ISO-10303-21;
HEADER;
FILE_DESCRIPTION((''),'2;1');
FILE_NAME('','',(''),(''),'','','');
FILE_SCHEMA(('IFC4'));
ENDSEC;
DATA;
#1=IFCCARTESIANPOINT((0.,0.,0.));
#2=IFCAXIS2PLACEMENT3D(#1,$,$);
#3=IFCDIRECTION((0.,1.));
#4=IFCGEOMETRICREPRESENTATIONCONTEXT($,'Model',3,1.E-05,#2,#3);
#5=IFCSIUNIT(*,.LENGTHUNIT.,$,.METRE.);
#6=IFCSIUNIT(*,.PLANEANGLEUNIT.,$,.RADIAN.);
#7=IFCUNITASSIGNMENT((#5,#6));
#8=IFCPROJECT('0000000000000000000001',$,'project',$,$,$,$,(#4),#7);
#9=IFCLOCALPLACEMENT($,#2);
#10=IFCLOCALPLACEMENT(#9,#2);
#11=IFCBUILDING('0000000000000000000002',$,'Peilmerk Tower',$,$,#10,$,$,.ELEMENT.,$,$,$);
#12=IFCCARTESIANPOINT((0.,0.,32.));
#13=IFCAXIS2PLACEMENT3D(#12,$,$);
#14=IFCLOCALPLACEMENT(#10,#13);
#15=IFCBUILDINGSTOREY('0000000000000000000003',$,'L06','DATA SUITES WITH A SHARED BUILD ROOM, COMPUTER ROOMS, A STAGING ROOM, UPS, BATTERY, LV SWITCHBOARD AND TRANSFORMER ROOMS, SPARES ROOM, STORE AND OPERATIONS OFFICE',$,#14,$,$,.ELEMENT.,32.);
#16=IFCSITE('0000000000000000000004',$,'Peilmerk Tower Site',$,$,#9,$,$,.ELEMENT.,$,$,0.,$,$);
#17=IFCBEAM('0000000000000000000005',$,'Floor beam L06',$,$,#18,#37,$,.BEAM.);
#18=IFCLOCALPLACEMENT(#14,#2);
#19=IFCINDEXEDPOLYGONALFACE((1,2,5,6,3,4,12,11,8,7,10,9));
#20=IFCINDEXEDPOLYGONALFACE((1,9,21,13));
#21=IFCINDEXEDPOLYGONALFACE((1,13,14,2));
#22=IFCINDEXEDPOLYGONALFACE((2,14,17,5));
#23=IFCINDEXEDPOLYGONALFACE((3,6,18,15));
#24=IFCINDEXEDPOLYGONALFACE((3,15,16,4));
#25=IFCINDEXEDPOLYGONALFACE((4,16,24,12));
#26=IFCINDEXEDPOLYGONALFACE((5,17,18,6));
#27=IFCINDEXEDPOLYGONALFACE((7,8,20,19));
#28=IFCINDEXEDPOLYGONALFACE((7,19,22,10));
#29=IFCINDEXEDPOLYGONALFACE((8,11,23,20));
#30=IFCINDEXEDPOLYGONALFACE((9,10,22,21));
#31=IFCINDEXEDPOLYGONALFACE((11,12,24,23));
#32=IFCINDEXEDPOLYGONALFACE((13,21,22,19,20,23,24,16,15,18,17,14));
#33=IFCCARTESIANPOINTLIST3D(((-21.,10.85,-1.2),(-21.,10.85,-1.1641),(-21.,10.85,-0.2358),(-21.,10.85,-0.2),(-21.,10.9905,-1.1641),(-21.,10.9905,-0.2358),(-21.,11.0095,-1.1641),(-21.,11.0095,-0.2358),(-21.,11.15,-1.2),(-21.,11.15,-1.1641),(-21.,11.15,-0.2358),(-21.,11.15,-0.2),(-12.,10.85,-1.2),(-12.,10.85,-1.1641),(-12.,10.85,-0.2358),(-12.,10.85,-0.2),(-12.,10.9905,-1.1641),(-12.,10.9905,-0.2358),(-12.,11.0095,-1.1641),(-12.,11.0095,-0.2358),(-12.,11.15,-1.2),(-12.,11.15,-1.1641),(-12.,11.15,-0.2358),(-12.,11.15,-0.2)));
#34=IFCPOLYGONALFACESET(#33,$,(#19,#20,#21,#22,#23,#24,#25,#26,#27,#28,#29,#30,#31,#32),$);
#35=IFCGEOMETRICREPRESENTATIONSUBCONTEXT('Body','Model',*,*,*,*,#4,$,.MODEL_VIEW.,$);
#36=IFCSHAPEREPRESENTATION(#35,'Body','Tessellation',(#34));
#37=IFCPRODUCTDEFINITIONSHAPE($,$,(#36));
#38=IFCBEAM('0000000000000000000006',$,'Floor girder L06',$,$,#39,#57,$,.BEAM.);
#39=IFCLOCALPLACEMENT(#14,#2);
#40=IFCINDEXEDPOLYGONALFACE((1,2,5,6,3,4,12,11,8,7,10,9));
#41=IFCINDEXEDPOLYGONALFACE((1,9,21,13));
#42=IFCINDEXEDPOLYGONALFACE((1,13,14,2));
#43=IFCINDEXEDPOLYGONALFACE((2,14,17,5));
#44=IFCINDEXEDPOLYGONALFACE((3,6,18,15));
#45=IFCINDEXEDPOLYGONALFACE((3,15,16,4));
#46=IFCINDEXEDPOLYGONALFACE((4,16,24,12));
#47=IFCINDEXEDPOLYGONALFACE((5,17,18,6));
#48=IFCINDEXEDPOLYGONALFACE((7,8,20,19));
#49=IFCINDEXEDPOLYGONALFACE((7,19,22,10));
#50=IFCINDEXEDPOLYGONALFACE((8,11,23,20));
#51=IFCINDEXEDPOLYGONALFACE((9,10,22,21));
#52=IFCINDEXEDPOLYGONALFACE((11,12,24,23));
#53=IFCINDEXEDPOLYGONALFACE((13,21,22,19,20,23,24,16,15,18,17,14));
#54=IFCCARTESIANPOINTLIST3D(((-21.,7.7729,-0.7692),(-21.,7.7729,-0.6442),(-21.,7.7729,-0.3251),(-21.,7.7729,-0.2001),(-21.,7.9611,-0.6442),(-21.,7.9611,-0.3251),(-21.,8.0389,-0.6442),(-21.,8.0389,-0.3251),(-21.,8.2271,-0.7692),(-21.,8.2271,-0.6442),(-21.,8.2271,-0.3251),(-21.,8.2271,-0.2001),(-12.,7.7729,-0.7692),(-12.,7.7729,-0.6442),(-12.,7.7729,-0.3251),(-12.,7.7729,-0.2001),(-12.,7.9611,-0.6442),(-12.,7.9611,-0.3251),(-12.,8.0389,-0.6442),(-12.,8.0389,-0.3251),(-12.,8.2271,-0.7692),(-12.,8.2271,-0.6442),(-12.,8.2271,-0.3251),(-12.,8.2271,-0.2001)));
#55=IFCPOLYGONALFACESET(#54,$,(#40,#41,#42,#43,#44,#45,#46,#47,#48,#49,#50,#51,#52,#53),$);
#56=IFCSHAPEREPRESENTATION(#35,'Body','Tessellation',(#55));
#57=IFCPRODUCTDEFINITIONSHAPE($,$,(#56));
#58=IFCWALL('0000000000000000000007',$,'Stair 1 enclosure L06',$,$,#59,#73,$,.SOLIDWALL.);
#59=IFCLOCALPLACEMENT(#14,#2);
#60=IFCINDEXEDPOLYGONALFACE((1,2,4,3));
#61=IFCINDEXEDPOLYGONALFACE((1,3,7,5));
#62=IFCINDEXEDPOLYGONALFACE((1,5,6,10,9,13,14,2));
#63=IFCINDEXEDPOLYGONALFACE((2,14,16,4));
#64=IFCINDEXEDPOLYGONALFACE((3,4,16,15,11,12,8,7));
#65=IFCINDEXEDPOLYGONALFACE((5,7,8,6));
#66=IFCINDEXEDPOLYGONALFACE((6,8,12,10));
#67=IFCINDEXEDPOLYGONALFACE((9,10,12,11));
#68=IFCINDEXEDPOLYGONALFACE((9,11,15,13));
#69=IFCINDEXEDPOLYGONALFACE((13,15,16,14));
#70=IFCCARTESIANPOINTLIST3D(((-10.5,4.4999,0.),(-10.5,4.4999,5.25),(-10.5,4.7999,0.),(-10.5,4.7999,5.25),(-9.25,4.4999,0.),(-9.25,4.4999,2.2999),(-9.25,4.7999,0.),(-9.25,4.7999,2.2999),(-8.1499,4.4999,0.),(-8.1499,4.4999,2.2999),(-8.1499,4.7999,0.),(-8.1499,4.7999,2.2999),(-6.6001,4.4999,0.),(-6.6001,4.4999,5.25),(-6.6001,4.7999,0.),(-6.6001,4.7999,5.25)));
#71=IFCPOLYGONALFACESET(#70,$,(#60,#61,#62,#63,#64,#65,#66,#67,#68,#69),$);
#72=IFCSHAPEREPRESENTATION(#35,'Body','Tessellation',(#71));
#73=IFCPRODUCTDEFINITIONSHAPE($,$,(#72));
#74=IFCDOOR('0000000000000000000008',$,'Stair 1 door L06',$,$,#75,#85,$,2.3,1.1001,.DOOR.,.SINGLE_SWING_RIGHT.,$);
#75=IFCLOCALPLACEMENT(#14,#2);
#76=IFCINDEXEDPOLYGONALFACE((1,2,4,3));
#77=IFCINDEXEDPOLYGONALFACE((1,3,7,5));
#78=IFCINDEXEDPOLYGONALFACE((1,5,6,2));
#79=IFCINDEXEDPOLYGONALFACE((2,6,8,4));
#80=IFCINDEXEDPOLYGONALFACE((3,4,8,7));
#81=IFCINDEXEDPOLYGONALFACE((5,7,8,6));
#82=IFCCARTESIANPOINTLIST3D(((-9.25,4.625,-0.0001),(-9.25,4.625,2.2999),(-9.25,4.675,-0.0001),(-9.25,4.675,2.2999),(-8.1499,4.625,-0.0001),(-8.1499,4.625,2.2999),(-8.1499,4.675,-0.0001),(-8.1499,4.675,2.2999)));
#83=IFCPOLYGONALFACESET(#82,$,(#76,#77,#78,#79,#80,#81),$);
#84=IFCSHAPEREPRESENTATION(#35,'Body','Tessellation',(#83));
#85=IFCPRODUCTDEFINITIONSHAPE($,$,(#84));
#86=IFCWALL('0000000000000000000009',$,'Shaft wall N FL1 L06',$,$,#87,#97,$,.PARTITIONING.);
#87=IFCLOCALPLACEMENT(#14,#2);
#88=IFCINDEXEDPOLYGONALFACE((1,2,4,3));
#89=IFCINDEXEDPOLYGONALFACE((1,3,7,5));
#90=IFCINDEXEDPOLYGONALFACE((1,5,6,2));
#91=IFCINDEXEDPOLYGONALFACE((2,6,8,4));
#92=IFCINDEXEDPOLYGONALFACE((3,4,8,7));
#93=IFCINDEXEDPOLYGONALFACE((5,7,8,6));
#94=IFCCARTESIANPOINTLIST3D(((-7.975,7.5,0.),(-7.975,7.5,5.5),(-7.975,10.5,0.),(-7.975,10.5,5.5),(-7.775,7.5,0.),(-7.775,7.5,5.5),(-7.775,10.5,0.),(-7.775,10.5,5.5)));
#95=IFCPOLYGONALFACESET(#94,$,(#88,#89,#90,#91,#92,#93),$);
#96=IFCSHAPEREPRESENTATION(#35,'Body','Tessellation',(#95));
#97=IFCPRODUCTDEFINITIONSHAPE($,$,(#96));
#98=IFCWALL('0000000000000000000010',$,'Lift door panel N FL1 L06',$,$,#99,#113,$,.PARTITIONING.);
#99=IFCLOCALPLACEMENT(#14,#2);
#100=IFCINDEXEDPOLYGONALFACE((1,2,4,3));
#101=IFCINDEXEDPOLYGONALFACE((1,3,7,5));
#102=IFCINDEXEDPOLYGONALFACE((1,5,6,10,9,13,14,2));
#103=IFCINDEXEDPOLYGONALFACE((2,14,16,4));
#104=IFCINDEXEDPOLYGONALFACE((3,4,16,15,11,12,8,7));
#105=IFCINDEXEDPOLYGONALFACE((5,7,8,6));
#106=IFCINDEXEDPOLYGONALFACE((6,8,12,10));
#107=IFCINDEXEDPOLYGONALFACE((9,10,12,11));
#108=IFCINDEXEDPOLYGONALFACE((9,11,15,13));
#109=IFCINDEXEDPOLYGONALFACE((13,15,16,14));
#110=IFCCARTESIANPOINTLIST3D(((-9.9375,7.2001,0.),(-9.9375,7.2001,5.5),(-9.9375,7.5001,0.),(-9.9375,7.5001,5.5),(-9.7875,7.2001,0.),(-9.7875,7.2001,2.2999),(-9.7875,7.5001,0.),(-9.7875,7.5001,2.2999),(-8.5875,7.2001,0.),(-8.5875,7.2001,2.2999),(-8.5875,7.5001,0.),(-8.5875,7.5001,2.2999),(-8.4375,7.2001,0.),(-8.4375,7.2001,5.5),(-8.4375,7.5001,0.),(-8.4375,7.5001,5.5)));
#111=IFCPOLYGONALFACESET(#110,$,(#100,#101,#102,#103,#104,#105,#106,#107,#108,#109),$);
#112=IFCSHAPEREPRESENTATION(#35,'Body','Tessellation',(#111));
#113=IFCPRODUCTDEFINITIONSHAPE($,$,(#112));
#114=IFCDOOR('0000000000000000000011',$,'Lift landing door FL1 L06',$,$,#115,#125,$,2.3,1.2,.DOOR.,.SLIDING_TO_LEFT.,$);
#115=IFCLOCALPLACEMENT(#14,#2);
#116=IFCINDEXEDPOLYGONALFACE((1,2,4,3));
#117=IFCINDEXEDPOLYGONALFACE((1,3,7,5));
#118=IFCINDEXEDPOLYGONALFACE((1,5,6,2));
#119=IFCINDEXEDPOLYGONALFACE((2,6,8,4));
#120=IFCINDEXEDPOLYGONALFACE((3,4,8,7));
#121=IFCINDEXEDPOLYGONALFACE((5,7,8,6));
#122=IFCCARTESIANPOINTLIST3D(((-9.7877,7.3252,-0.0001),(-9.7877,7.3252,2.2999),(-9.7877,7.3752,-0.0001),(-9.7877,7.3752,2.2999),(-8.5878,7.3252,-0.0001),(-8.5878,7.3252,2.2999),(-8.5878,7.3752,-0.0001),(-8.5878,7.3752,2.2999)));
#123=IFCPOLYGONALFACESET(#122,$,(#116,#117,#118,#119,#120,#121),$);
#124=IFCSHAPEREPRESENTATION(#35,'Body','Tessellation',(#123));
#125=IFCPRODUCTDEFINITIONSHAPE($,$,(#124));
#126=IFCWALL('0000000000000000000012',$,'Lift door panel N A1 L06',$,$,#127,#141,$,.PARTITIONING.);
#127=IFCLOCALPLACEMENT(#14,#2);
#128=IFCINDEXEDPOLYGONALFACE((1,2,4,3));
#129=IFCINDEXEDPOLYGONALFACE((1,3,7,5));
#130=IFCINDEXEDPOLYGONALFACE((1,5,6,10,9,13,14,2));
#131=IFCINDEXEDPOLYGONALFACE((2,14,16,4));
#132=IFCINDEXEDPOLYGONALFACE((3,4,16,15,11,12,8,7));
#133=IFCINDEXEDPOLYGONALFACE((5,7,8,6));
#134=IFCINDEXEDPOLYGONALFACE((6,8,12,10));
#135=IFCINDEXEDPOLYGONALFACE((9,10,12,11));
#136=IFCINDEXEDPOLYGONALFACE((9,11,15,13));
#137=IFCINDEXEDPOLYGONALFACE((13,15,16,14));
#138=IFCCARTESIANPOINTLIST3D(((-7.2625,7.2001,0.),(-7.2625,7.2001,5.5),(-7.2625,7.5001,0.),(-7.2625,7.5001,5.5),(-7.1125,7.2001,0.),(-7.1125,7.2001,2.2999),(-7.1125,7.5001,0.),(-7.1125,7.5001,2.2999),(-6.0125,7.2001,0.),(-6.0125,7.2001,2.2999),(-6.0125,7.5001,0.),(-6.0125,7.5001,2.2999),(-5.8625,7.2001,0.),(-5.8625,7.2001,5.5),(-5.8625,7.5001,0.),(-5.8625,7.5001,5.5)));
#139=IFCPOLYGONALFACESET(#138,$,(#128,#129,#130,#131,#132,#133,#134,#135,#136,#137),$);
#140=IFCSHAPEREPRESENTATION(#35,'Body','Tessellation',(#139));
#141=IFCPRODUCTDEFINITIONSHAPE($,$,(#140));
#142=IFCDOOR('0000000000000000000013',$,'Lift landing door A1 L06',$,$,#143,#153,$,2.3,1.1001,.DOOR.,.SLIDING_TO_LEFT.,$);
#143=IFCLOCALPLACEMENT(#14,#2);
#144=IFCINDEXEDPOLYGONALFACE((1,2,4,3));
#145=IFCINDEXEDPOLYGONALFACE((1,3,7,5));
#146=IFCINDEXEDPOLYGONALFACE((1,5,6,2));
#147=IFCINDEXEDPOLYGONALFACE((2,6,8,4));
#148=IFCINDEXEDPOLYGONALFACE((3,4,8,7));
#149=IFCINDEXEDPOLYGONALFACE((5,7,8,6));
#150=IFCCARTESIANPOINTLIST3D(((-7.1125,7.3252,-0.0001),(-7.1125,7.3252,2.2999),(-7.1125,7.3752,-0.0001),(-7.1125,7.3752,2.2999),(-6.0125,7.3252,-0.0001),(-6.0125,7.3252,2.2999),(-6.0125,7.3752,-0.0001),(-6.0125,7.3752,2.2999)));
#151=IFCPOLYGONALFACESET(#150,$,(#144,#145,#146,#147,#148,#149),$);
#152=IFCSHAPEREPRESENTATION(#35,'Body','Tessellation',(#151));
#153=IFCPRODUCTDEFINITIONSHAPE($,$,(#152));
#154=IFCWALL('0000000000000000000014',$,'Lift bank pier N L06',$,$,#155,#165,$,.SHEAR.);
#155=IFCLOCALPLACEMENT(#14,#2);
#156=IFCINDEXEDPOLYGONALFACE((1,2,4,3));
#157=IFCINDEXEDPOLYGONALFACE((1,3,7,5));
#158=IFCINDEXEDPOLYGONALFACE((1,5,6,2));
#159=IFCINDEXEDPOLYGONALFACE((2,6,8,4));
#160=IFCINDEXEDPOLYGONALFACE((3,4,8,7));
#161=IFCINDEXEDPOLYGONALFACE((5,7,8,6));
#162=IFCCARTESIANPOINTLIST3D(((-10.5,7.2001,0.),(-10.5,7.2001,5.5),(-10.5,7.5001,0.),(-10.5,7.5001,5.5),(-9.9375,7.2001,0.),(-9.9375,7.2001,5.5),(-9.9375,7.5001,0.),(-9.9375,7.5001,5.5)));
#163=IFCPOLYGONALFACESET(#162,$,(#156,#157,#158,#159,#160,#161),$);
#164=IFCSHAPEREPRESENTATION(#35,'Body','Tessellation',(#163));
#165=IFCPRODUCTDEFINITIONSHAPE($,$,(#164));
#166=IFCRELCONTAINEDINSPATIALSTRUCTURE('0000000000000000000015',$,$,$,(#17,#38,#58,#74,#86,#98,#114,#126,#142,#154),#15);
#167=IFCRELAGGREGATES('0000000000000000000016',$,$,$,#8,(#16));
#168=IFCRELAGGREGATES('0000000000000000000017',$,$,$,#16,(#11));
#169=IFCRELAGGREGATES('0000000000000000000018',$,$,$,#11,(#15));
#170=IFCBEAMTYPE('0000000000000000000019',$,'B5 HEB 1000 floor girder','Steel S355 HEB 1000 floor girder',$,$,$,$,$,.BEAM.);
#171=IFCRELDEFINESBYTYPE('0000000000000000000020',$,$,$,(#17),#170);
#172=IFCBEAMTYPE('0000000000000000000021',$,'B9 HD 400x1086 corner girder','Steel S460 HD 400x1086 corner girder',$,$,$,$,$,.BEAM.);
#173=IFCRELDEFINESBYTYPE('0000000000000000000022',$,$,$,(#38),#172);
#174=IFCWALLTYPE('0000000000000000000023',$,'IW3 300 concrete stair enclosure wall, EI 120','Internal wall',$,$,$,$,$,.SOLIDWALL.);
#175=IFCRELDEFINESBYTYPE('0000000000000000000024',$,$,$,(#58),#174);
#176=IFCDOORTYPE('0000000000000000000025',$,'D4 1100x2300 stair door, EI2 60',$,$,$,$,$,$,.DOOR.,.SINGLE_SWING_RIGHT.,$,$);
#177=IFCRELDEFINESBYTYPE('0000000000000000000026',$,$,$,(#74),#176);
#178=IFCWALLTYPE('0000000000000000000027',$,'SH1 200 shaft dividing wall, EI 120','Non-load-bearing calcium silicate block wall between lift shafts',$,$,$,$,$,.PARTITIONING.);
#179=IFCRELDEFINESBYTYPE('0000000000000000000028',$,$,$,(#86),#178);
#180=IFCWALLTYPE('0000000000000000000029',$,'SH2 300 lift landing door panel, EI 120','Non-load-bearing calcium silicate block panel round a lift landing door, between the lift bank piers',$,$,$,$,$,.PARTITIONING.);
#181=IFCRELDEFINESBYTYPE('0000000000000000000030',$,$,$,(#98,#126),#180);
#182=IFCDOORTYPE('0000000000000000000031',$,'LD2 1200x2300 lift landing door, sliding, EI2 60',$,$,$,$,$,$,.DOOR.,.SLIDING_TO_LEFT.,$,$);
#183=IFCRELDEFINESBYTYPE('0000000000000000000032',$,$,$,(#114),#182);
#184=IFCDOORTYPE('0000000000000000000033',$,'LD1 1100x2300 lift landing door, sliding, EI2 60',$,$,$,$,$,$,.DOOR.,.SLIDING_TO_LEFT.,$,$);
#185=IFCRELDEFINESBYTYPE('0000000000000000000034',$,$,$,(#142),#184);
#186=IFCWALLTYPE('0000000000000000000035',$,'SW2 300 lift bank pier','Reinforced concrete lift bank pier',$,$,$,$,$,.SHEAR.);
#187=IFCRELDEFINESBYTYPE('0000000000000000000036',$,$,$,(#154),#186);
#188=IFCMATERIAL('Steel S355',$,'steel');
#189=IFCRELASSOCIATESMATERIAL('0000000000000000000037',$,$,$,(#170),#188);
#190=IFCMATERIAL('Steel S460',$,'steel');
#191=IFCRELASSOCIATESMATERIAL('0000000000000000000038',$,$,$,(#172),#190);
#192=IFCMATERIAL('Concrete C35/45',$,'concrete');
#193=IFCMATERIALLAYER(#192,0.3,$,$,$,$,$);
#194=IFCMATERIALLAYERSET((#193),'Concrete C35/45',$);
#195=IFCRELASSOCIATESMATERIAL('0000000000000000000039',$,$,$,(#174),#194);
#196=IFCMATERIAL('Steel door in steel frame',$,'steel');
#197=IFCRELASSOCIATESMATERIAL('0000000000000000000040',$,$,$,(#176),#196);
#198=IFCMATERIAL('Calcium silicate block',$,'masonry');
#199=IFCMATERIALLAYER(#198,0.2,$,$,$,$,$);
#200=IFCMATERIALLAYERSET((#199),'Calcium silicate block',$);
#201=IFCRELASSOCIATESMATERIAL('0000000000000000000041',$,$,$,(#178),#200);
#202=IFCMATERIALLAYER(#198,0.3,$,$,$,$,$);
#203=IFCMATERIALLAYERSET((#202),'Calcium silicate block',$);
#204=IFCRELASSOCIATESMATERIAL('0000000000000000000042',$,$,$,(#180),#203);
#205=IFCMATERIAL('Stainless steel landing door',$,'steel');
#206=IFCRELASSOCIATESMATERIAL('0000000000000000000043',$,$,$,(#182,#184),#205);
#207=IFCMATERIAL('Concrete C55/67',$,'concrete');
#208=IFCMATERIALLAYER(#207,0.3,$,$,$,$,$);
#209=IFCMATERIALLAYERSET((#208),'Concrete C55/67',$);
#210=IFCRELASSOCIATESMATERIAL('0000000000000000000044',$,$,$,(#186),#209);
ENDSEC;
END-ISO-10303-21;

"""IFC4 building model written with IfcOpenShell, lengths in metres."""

from ifc_helpers import new_model, si_unit, direction, frame, frame_2d, origin, origin_2d, place, context, subcontext, project, spatial, rectangle, i_section, extrude, material, layer, layer_set, material_profile, profile_set, type_object, element, fill, save


model = new_model("IFC4")

# Units and contexts
model_context = context("Model", 3, precision=1e-05, world=origin(), true_north=direction((0.0, 1.0)))
body_context = subcontext(model_context, "Body", "Model", "MODEL_VIEW")
ifc_project = project(units=[si_unit("LENGTHUNIT", "METRE"), si_unit("PLANEANGLEUNIT", "RADIAN")], contexts=[model_context])

# Site, building, storey
site_placement = place(None, origin())
site = spatial("IfcSite", under=ifc_project, at=site_placement, Name="Peilmerk Tower Site", CompositionType="ELEMENT", RefElevation=0.0)
building_placement = place(site_placement, origin())
building = spatial("IfcBuilding", under=site, at=building_placement, Name="Peilmerk Tower", CompositionType="ELEMENT")
storey_placement = place(building_placement, frame((0.0, 0.0, 32.0)))
storey = spatial("IfcBuildingStorey", under=building, at=storey_placement, Name="L06", Description="DATA SUITES WITH A SHARED BUILD ROOM, COMPUTER ROOMS, A STAGING ROOM, UPS, BATTERY, LV SWITCHBOARD AND TRANSFORMER ROOMS, SPARES ROOM, STORE AND OPERATIONS OFFICE", CompositionType="ELEMENT", Elevation=32.0)

# Beams
ifc_material_1 = material(Name="Steel S355", Category="steel")
ifc_material_profile_1 = material_profile(ifc_material_1, i_section(OverallWidth=0.3, OverallDepth=1.0, WebThickness=0.019, FlangeThickness=0.0359, at=origin_2d()), Name="HEB 1000")
ifc_profile_set_1 = profile_set([ifc_material_profile_1], Name="Steel S355")
beam_type_1 = type_object("IfcBeamType", Name="B5 HEB 1000 floor girder", Description="Steel S355 HEB 1000 floor girder", PredefinedType="BEAM", material=ifc_profile_set_1)
beam_1_placement = place(storey_placement, frame((-12.0, 11.0, -0.7), z_axis=(-1.0, 0.0, 0.0), x_axis=(0.0, -1.0, 0.0)))
element("IfcBeam", 1, at=beam_1_placement, inside=storey, type_object=beam_type_1, Name="Floor beam L06", PredefinedType="BEAM", context=body_context, shape_type="SweptSolid", body=[
    extrude(i_section(OverallWidth=0.3, OverallDepth=1.0, WebThickness=0.019, FlangeThickness=0.0359, at=origin_2d()), origin(), (0.0, 0.0, 1.0), 9.0),
])
ifc_material_2 = material(Name="Steel S460", Category="steel")
ifc_material_profile_2 = material_profile(ifc_material_2, i_section(OverallWidth=0.4541, OverallDepth=0.5691, WebThickness=0.0779, FlangeThickness=0.125, at=origin_2d()), Name="HD 400x1086")
ifc_profile_set_2 = profile_set([ifc_material_profile_2], Name="Steel S460")
beam_type_2 = type_object("IfcBeamType", Name="B9 HD 400x1086 corner girder", Description="Steel S460 HD 400x1086 corner girder", PredefinedType="BEAM", material=ifc_profile_set_2)
beam_2_placement = place(storey_placement, frame((-12.0, 8.0, -0.4846), z_axis=(-1.0, 0.0, 0.0), x_axis=(0.0, -1.0, 0.0)))
element("IfcBeam", 2, at=beam_2_placement, inside=storey, type_object=beam_type_2, Name="Floor girder L06", PredefinedType="BEAM", context=body_context, shape_type="SweptSolid", body=[
    extrude(i_section(OverallWidth=0.4541, OverallDepth=0.5691, WebThickness=0.0779, FlangeThickness=0.125, at=origin_2d()), origin(), (0.0, 0.0, 1.0), 9.0),
])

# Wall, opening, door
ifc_material_3 = material(Name="Concrete C35/45", Category="concrete")
ifc_layer_1 = layer(ifc_material_3, 0.3)
ifc_layer_set_1 = layer_set([ifc_layer_1], Name="Concrete C35/45")
wall_type_1 = type_object("IfcWallType", Name="IW3 300 concrete stair enclosure wall, EI 120", Description="Internal wall", PredefinedType="SOLIDWALL", material=ifc_layer_set_1)
wall_1_placement = place(storey_placement, frame((-10.5, 4.6499, 0.0), z_axis=(0.0, 0.0, 1.0), x_axis=(1.0, 0.0, 0.0)))
wall_1 = element("IfcWall", 3, at=wall_1_placement, inside=storey, type_object=wall_type_1, Name="Stair 1 enclosure L06", PredefinedType="SOLIDWALL", context=body_context, shape_type="SweptSolid", body=[
    extrude(rectangle(XDim=3.8999, YDim=0.3, at=frame_2d((1.95, 0.0))), origin(), (0.0, 0.0, 1.0), 5.25),
])
opening_1_placement = place(wall_1_placement, frame((1.25, 0.0, 0.0)))
opening_1 = element("IfcOpeningElement", 4, at=opening_1_placement, cuts=wall_1, PredefinedType="OPENING", context=body_context, shape_type="SweptSolid", body=[
    extrude(rectangle(XDim=1.1001, YDim=2.3, at=frame_2d((0.55, 1.1499))), frame((0.0, 0.1599, 0.0), z_axis=(0.0, -1.0, 0.0), x_axis=(1.0, 0.0, 0.0)), (0.0, 0.0, 1.0), 0.3201),
])
ifc_material_4 = material(Name="Steel door in steel frame", Category="steel")
door_type_1 = type_object("IfcDoorType", Name="D4 1100x2300 stair door, EI2 60", OperationType="SINGLE_SWING_RIGHT", PredefinedType="DOOR", material=ifc_material_4)
door_1_placement = place(opening_1_placement, frame((1.1001, 0.0, 0.0), z_axis=(0.0, 0.0, 1.0), x_axis=(-1.0, 0.0, 0.0)))
door_1 = element("IfcDoor", 5, at=door_1_placement, inside=storey, type_object=door_type_1, Name="Stair 1 door L06", OperationType="SINGLE_SWING_RIGHT", OverallHeight=2.3, OverallWidth=1.1001, PredefinedType="DOOR", context=body_context, shape_type="SweptSolid", body=[
    extrude(rectangle(XDim=1.1001, YDim=2.3, at=frame_2d((0.55, 1.1499))), frame((0.0, 0.0249, 0.0), z_axis=(0.0, -1.0, 0.0), x_axis=(1.0, 0.0, 0.0)), (0.0, 0.0, 1.0), 0.05),
])
fill(opening_1, door_1)

# Wall
ifc_material_5 = material(Name="Calcium silicate block", Category="masonry")
ifc_layer_2 = layer(ifc_material_5, 0.2)
ifc_layer_set_2 = layer_set([ifc_layer_2], Name="Calcium silicate block")
wall_type_2 = type_object("IfcWallType", Name="SH1 200 shaft dividing wall, EI 120", Description="Non-load-bearing calcium silicate block wall between lift shafts", PredefinedType="PARTITIONING", material=ifc_layer_set_2)
wall_2_placement = place(storey_placement, frame((-7.875, 7.5, 0.0), z_axis=(0.0, 0.0, 1.0), x_axis=(0.0, 1.0, 0.0)))
element("IfcWall", 6, at=wall_2_placement, inside=storey, type_object=wall_type_2, Name="Shaft wall N FL1 L06", PredefinedType="PARTITIONING", context=body_context, shape_type="SweptSolid", body=[
    extrude(rectangle(XDim=3.0, YDim=0.2, at=frame_2d((1.5, 0.0))), origin(), (0.0, 0.0, 1.0), 5.5),
])

# Walls, openings, doors
ifc_layer_3 = layer(ifc_material_5, 0.3)
ifc_layer_set_3 = layer_set([ifc_layer_3], Name="Calcium silicate block")
wall_type_3 = type_object("IfcWallType", Name="SH2 300 lift landing door panel, EI 120", Description="Non-load-bearing calcium silicate block panel round a lift landing door, between the lift bank piers", PredefinedType="PARTITIONING", material=ifc_layer_set_3)
wall_3_placement = place(storey_placement, frame((-9.9375, 7.3501, 0.0), z_axis=(0.0, 0.0, 1.0), x_axis=(1.0, 0.0, 0.0)))
wall_3 = element("IfcWall", 7, at=wall_3_placement, inside=storey, type_object=wall_type_3, Name="Lift door panel N FL1 L06", PredefinedType="PARTITIONING", context=body_context, shape_type="SweptSolid", body=[
    extrude(rectangle(XDim=1.5, YDim=0.3, at=frame_2d((0.75, 0.0))), origin(), (0.0, 0.0, 1.0), 5.5),
])
opening_2_placement = place(wall_3_placement, frame((0.1499, 0.0, 0.0)))
opening_2 = element("IfcOpeningElement", 8, at=opening_2_placement, cuts=wall_3, PredefinedType="OPENING", context=body_context, shape_type="SweptSolid", body=[
    extrude(rectangle(XDim=1.2, YDim=2.3, at=frame_2d((0.6001, 1.1499))), frame((0.0, 0.1599, 0.0), z_axis=(0.0, -1.0, 0.0), x_axis=(1.0, 0.0, 0.0)), (0.0, 0.0, 1.0), 0.3201),
])
ifc_material_6 = material(Name="Stainless steel landing door", Category="steel")
door_type_2 = type_object("IfcDoorType", Name="LD2 1200x2300 lift landing door, sliding, EI2 60", OperationType="SLIDING_TO_LEFT", PredefinedType="DOOR", material=ifc_material_6)
door_2_placement = place(opening_2_placement, frame((1.2, 0.0, 0.0), z_axis=(0.0, 0.0, 1.0), x_axis=(-1.0, 0.0, 0.0)))
door_2 = element("IfcDoor", 9, at=door_2_placement, inside=storey, type_object=door_type_2, Name="Lift landing door FL1 L06", OperationType="SLIDING_TO_LEFT", OverallHeight=2.3, OverallWidth=1.2, PredefinedType="DOOR", context=body_context, shape_type="SweptSolid", body=[
    extrude(rectangle(XDim=1.2, YDim=2.3, at=frame_2d((0.6001, 1.1499))), frame((0.0, 0.0249, 0.0), z_axis=(0.0, -1.0, 0.0), x_axis=(1.0, 0.0, 0.0)), (0.0, 0.0, 1.0), 0.05),
])
fill(opening_2, door_2)
wall_4_placement = place(storey_placement, frame((-7.2625, 7.3501, 0.0), z_axis=(0.0, 0.0, 1.0), x_axis=(1.0, 0.0, 0.0)))
wall_4 = element("IfcWall", 10, at=wall_4_placement, inside=storey, type_object=wall_type_3, Name="Lift door panel N A1 L06", PredefinedType="PARTITIONING", context=body_context, shape_type="SweptSolid", body=[
    extrude(rectangle(XDim=1.3999, YDim=0.3, at=frame_2d((0.7, 0.0))), origin(), (0.0, 0.0, 1.0), 5.5),
])
opening_3_placement = place(wall_4_placement, frame((0.1499, 0.0, 0.0)))
opening_3 = element("IfcOpeningElement", 11, at=opening_3_placement, cuts=wall_4, PredefinedType="OPENING", context=body_context, shape_type="SweptSolid", body=[
    extrude(rectangle(XDim=1.1001, YDim=2.3, at=frame_2d((0.55, 1.1499))), frame((0.0, 0.1599, 0.0), z_axis=(0.0, -1.0, 0.0), x_axis=(1.0, 0.0, 0.0)), (0.0, 0.0, 1.0), 0.3201),
])
door_type_3 = type_object("IfcDoorType", Name="LD1 1100x2300 lift landing door, sliding, EI2 60", OperationType="SLIDING_TO_LEFT", PredefinedType="DOOR", material=ifc_material_6)
door_3_placement = place(opening_3_placement, frame((1.1001, 0.0, 0.0), z_axis=(0.0, 0.0, 1.0), x_axis=(-1.0, 0.0, 0.0)))
door_3 = element("IfcDoor", 12, at=door_3_placement, inside=storey, type_object=door_type_3, Name="Lift landing door A1 L06", OperationType="SLIDING_TO_LEFT", OverallHeight=2.3, OverallWidth=1.1001, PredefinedType="DOOR", context=body_context, shape_type="SweptSolid", body=[
    extrude(rectangle(XDim=1.1001, YDim=2.3, at=frame_2d((0.55, 1.1499))), frame((0.0, 0.0249, 0.0), z_axis=(0.0, -1.0, 0.0), x_axis=(1.0, 0.0, 0.0)), (0.0, 0.0, 1.0), 0.05),
])
fill(opening_3, door_3)

# Wall
ifc_material_7 = material(Name="Concrete C55/67", Category="concrete")
ifc_layer_4 = layer(ifc_material_7, 0.3)
ifc_layer_set_4 = layer_set([ifc_layer_4], Name="Concrete C55/67")
wall_type_4 = type_object("IfcWallType", Name="SW2 300 lift bank pier", Description="Reinforced concrete lift bank pier", PredefinedType="SHEAR", material=ifc_layer_set_4)
wall_5_placement = place(storey_placement, frame((-10.5, 7.3501, 0.0), z_axis=(0.0, 0.0, 1.0), x_axis=(1.0, 0.0, 0.0)))
element("IfcWall", 13, at=wall_5_placement, inside=storey, type_object=wall_type_4, Name="Lift bank pier N L06", PredefinedType="SHEAR", context=body_context, shape_type="SweptSolid", body=[
    extrude(rectangle(XDim=0.5625, YDim=0.3, at=frame_2d((0.2812, 0.0))), origin(), (0.0, 0.0, 1.0), 5.5),
])

save(model, "model.ifc")
